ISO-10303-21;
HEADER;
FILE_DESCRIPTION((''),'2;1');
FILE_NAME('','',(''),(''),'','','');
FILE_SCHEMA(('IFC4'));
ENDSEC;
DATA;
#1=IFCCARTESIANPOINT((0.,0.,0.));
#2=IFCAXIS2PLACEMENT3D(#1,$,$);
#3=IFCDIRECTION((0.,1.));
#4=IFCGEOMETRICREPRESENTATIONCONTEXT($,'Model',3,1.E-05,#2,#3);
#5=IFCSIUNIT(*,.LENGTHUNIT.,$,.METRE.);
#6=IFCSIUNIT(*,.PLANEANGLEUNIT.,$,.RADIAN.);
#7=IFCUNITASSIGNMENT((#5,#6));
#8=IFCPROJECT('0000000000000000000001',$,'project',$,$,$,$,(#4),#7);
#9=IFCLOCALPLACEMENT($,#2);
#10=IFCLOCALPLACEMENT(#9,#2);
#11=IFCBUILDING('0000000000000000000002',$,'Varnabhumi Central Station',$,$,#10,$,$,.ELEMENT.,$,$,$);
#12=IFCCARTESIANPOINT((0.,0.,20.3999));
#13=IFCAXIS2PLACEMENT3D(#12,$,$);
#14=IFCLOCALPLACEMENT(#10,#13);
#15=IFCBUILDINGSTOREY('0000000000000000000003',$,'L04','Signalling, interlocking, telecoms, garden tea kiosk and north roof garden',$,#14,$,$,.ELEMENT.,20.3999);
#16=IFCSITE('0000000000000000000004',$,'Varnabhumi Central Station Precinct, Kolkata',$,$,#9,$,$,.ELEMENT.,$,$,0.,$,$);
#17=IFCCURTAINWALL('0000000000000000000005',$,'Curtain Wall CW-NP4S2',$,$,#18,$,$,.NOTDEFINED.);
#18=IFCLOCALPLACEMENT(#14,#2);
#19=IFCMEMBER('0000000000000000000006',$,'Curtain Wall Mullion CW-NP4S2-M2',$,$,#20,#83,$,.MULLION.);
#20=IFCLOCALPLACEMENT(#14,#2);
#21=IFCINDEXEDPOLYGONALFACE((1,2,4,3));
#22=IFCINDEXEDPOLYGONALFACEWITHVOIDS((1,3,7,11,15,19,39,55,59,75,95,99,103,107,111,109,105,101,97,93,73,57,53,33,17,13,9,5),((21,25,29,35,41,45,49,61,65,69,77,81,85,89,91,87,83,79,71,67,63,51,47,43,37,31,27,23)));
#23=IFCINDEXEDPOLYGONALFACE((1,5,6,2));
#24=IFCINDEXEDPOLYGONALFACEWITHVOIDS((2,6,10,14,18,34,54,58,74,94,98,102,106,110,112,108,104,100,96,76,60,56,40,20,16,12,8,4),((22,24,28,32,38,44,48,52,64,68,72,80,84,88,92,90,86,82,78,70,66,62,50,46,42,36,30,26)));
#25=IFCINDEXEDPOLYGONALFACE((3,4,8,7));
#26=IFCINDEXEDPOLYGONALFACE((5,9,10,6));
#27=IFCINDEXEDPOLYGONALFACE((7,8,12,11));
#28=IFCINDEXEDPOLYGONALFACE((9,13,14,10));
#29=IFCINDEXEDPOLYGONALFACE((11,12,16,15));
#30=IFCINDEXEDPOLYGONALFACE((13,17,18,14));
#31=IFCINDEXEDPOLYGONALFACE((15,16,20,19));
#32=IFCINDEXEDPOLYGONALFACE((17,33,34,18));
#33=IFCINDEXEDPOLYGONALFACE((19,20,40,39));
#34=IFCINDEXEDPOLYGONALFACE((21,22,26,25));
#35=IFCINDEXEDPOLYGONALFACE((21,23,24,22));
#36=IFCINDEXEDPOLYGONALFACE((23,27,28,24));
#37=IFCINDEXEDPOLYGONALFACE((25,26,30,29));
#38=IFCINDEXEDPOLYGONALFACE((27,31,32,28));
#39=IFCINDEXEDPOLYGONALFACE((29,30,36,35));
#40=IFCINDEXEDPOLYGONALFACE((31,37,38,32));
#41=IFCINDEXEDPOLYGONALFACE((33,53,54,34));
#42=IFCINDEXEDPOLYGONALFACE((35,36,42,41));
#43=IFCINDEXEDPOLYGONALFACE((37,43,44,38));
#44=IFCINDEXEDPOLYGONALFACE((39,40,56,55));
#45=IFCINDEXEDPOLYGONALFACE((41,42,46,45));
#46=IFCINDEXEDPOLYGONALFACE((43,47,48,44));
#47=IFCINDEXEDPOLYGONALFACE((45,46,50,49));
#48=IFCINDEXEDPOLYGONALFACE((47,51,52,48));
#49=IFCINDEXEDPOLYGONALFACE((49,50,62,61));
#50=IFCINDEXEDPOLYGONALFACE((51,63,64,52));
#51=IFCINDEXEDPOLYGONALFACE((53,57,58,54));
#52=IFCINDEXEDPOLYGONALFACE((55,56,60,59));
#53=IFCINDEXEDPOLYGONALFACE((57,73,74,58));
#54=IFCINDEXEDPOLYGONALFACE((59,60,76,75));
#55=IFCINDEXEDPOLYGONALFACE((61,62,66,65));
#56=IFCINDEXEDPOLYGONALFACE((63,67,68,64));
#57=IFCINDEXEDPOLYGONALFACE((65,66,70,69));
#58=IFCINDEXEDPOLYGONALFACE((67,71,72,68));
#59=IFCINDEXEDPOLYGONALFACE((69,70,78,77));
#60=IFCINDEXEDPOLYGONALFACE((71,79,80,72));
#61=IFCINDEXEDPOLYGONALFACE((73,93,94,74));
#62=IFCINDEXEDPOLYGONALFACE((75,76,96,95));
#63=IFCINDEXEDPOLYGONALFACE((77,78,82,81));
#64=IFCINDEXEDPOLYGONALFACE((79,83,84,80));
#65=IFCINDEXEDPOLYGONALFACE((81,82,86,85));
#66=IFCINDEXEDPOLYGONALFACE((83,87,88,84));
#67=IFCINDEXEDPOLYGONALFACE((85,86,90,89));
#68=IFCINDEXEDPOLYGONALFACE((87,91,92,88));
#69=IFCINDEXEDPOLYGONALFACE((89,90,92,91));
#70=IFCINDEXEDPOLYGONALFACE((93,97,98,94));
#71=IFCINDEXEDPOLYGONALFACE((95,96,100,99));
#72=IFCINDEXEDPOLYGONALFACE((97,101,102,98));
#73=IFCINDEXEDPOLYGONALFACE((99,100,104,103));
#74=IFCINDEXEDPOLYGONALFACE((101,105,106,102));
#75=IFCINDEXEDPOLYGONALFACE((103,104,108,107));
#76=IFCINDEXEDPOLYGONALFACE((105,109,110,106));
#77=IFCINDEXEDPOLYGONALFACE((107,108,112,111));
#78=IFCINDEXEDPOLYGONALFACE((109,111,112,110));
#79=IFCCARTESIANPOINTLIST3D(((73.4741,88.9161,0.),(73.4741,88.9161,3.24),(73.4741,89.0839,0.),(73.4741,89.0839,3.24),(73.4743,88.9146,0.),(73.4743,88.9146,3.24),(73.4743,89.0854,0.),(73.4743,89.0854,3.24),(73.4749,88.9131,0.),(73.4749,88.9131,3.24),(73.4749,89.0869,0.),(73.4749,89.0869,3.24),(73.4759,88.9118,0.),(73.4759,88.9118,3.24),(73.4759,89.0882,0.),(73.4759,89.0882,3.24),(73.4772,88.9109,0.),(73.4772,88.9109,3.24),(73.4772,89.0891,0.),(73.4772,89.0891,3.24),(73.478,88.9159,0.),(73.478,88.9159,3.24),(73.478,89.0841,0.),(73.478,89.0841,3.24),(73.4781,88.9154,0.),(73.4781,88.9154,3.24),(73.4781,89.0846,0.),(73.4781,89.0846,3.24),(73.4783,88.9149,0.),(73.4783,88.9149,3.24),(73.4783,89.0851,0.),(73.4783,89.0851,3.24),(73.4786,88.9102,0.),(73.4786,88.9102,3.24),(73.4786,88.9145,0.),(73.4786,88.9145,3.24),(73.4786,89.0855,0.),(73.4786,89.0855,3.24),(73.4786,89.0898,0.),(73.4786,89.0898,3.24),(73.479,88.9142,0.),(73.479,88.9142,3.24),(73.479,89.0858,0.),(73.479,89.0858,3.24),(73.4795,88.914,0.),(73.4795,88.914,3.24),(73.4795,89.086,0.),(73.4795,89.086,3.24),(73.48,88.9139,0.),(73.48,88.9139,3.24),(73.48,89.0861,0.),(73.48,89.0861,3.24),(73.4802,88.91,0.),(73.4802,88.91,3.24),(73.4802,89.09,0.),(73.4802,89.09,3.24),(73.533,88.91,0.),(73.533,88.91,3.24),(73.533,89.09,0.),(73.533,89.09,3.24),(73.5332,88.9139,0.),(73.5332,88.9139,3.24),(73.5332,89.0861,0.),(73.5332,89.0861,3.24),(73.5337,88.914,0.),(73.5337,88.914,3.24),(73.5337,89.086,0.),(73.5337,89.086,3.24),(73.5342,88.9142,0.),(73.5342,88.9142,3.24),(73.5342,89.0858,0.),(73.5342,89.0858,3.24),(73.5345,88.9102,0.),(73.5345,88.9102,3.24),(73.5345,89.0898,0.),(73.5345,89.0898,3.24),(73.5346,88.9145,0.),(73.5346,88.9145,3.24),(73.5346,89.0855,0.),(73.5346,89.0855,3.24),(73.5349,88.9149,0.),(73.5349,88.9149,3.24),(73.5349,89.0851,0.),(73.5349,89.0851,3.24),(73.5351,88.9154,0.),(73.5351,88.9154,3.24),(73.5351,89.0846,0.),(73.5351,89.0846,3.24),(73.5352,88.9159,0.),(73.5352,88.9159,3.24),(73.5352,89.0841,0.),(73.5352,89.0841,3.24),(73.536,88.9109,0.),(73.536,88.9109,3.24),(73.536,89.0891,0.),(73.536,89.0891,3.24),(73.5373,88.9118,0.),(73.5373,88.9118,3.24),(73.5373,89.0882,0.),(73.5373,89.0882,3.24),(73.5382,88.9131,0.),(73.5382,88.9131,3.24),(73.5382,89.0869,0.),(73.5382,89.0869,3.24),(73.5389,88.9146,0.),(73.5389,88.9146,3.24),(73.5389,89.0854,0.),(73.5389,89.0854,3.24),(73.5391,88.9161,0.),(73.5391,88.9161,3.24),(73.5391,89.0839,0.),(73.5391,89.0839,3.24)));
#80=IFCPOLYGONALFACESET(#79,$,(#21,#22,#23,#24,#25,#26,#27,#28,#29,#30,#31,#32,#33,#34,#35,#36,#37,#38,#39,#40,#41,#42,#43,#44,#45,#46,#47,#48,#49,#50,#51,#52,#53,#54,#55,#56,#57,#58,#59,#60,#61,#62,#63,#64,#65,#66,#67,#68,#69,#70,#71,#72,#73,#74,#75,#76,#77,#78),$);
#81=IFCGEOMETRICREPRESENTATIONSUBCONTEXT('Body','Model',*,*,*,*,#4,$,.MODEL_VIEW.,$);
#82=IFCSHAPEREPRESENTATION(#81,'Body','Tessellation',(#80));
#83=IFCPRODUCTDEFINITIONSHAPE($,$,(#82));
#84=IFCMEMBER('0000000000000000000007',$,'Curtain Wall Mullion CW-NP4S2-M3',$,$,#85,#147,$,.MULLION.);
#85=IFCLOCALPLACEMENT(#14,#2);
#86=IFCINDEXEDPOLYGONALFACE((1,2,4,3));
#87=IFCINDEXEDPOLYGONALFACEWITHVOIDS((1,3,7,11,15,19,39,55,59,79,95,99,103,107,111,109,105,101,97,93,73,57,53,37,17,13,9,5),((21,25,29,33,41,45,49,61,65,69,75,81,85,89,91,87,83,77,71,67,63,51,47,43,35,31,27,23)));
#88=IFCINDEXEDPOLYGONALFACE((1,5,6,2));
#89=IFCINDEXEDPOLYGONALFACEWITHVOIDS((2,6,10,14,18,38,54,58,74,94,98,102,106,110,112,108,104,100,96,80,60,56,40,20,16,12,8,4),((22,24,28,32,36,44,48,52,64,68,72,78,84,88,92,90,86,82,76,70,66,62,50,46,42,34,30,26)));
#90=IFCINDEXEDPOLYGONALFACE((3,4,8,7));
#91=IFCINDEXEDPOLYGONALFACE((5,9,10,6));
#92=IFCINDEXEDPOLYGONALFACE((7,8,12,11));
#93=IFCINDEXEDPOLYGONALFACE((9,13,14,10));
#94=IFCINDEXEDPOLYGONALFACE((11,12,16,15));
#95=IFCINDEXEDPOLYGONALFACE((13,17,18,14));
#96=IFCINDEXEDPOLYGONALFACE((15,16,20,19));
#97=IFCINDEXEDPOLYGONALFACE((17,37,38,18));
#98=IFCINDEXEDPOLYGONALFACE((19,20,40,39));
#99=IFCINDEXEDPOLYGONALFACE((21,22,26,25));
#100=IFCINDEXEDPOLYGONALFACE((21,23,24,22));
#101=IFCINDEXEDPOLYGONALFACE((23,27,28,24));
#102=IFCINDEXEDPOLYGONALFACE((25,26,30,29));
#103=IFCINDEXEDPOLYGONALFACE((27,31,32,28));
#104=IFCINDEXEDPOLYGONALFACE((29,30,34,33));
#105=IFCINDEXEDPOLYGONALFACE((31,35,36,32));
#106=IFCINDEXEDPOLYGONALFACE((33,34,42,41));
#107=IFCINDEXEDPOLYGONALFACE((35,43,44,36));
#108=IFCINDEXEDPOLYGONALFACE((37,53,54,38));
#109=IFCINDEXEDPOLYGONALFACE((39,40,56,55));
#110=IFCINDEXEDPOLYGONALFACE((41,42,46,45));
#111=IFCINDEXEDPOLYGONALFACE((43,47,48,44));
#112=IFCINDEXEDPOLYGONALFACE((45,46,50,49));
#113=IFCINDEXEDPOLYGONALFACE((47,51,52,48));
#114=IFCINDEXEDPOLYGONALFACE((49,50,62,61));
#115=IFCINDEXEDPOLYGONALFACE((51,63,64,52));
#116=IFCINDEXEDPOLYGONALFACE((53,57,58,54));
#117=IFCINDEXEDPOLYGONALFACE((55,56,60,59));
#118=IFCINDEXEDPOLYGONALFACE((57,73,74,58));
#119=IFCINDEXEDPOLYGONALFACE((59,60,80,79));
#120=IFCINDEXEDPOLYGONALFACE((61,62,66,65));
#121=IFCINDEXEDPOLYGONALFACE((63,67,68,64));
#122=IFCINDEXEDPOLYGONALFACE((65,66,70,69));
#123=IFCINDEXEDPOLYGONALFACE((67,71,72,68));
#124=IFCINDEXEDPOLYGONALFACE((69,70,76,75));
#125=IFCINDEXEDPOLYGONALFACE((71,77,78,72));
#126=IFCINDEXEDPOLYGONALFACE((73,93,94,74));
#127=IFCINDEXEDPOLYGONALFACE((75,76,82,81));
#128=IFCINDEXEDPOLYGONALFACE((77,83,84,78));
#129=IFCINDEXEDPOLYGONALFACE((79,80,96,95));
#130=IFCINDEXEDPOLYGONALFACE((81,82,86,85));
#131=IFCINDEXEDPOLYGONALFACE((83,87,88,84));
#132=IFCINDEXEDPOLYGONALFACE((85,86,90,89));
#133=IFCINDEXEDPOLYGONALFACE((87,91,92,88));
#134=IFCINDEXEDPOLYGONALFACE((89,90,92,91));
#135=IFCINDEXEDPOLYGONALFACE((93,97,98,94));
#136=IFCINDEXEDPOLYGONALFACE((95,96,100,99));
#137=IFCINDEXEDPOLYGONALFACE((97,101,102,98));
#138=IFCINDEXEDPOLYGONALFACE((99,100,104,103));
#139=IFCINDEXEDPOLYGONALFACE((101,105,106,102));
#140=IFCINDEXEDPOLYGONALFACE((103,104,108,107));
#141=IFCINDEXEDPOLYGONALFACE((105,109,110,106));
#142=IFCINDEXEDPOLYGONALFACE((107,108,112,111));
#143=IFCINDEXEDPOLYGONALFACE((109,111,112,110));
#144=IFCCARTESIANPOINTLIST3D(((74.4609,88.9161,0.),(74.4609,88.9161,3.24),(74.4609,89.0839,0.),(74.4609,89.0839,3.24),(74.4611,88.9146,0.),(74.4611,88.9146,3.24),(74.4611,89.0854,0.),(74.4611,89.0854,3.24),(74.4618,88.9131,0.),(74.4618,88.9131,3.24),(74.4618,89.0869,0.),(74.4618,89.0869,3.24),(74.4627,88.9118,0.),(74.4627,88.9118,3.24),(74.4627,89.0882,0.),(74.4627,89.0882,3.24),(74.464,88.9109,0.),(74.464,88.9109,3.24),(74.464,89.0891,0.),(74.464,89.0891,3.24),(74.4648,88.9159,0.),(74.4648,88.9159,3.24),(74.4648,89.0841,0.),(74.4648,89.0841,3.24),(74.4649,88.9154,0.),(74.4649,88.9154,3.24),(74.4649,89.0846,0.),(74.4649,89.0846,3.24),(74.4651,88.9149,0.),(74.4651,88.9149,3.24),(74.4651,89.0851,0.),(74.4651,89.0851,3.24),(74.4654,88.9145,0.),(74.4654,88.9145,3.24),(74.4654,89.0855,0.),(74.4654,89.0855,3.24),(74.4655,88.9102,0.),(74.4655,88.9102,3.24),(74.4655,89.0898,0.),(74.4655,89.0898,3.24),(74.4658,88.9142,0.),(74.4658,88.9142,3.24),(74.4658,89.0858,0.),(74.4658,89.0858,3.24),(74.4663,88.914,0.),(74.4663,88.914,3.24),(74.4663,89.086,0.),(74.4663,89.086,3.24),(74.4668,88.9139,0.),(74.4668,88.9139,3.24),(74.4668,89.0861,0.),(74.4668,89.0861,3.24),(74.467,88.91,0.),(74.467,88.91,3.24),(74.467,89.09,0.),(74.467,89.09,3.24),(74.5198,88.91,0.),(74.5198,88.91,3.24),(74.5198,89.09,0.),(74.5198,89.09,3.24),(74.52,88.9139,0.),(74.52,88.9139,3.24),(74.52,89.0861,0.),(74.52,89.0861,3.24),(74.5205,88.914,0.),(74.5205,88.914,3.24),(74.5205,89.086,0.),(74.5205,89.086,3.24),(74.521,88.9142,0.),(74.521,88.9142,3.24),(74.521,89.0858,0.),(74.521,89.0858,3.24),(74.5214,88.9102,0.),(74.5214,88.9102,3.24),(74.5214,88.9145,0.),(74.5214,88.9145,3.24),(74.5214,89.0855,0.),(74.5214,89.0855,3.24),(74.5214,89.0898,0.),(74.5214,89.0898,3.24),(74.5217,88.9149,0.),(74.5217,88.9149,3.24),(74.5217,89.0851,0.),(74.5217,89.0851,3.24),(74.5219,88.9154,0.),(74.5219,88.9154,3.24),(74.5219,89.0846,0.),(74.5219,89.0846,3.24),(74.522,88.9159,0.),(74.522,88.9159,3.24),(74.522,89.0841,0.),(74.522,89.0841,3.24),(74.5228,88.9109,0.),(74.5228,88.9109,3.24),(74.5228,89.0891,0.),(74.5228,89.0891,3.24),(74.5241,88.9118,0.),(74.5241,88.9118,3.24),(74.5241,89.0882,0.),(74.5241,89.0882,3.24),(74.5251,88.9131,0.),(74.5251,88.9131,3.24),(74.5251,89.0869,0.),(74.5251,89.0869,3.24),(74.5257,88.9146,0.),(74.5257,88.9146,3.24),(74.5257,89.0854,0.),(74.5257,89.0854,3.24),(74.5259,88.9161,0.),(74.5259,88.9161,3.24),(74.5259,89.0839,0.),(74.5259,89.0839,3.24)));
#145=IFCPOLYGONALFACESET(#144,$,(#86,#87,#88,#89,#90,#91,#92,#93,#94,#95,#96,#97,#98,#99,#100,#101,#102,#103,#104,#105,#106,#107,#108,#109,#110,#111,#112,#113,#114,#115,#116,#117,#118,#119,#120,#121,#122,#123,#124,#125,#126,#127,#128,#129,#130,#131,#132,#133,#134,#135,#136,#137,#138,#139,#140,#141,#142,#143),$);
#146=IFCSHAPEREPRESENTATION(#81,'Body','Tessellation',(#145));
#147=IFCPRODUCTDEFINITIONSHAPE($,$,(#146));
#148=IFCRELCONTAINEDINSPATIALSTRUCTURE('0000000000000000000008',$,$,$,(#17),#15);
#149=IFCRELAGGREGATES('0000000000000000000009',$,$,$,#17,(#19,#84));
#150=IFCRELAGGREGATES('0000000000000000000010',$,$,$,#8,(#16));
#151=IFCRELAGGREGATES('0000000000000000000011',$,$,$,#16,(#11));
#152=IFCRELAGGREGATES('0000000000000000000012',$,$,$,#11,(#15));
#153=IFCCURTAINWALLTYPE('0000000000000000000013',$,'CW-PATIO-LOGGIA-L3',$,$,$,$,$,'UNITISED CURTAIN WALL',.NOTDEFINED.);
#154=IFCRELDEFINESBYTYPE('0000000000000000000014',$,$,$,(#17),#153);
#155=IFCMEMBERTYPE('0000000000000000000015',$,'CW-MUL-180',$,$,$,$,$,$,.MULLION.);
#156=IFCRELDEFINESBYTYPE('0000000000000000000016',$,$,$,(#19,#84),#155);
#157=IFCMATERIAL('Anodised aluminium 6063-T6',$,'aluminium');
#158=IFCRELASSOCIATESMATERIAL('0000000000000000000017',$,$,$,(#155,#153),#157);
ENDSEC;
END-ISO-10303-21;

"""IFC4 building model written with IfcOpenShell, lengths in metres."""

from ifc_helpers import new_model, si_unit, direction, frame, origin, origin_2d, place, context, subcontext, project, spatial, hollow_rectangle, extrude, material, material_profile, profile_set, type_object, element, aggregate, save


model = new_model("IFC4")

# Units and contexts
model_context = context("Model", 3, precision=1e-05, world=origin(), true_north=direction((0.0, 1.0)))
body_context = subcontext(model_context, "Body", "Model", "MODEL_VIEW")
ifc_project = project(units=[si_unit("LENGTHUNIT", "METRE"), si_unit("PLANEANGLEUNIT", "RADIAN")], contexts=[model_context])

# Site, building, storey
site_placement = place(None, origin())
site = spatial("IfcSite", under=ifc_project, at=site_placement, Name="Varnabhumi Central Station Precinct, Kolkata", CompositionType="ELEMENT", RefElevation=0.0)
building_placement = place(site_placement, origin())
building = spatial("IfcBuilding", under=site, at=building_placement, Name="Varnabhumi Central Station", CompositionType="ELEMENT")
storey_placement = place(building_placement, frame((0.0, 0.0, 20.3999)))
storey = spatial("IfcBuildingStorey", under=building, at=storey_placement, Name="L04", Description="Signalling, interlocking, telecoms, garden tea kiosk and north roof garden", CompositionType="ELEMENT", Elevation=20.3999)

# Curtain wall, members
ifc_material_1 = material(Name="Anodised aluminium 6063-T6", Category="aluminium")
ifc_material_profile_1 = material_profile(ifc_material_1, hollow_rectangle(XDim=0.0649, YDim=0.1799, WallThickness=0.0039, InnerFilletRadius=0.002, OuterFilletRadius=0.0061, at=origin_2d()), Name="Anodised aluminium 6063-T6", Category="aluminium")
ifc_profile_set_1 = profile_set([ifc_material_profile_1], Name="Anodised aluminium 6063-T6")
member_type_1 = type_object("IfcMemberType", Name="CW-MUL-180", PredefinedType="MULLION", material=ifc_profile_set_1)
curtain_wall_type_1 = type_object("IfcCurtainWallType", Name="CW-PATIO-LOGGIA-L3", ElementType="UNITISED CURTAIN WALL", PredefinedType="NOTDEFINED", material=ifc_material_1)
curtain_wall_1_placement = place(storey_placement, origin())
curtain_wall_1 = element("IfcCurtainWall", 1, at=curtain_wall_1_placement, inside=storey, type_object=curtain_wall_type_1, Name="Curtain Wall CW-NP4S2", PredefinedType="NOTDEFINED")
member_1_placement = place(storey_placement, frame((73.5066, 89.0, 0.0), z_axis=(0.0, 0.0, 1.0), x_axis=(1.0, 0.0, 0.0)))
member_1 = element("IfcMember", 2, at=member_1_placement, type_object=member_type_1, Name="Curtain Wall Mullion CW-NP4S2-M2", PredefinedType="MULLION", context=body_context, shape_type="SweptSolid", body=[
    extrude(hollow_rectangle(XDim=0.0649, YDim=0.1799, WallThickness=0.0039, InnerFilletRadius=0.002, OuterFilletRadius=0.0061, at=origin_2d()), origin(), (0.0, 0.0, 1.0), 3.24),
])
member_2_placement = place(storey_placement, frame((74.4934, 89.0, 0.0), z_axis=(0.0, 0.0, 1.0), x_axis=(1.0, 0.0, 0.0)))
member_2 = element("IfcMember", 3, at=member_2_placement, type_object=member_type_1, Name="Curtain Wall Mullion CW-NP4S2-M3", PredefinedType="MULLION", context=body_context, shape_type="SweptSolid", body=[
    extrude(hollow_rectangle(XDim=0.0649, YDim=0.1799, WallThickness=0.0039, InnerFilletRadius=0.002, OuterFilletRadius=0.0061, at=origin_2d()), origin(), (0.0, 0.0, 1.0), 3.24),
])

aggregate(curtain_wall_1, [member_1, member_2])

save(model, "model.ifc")
